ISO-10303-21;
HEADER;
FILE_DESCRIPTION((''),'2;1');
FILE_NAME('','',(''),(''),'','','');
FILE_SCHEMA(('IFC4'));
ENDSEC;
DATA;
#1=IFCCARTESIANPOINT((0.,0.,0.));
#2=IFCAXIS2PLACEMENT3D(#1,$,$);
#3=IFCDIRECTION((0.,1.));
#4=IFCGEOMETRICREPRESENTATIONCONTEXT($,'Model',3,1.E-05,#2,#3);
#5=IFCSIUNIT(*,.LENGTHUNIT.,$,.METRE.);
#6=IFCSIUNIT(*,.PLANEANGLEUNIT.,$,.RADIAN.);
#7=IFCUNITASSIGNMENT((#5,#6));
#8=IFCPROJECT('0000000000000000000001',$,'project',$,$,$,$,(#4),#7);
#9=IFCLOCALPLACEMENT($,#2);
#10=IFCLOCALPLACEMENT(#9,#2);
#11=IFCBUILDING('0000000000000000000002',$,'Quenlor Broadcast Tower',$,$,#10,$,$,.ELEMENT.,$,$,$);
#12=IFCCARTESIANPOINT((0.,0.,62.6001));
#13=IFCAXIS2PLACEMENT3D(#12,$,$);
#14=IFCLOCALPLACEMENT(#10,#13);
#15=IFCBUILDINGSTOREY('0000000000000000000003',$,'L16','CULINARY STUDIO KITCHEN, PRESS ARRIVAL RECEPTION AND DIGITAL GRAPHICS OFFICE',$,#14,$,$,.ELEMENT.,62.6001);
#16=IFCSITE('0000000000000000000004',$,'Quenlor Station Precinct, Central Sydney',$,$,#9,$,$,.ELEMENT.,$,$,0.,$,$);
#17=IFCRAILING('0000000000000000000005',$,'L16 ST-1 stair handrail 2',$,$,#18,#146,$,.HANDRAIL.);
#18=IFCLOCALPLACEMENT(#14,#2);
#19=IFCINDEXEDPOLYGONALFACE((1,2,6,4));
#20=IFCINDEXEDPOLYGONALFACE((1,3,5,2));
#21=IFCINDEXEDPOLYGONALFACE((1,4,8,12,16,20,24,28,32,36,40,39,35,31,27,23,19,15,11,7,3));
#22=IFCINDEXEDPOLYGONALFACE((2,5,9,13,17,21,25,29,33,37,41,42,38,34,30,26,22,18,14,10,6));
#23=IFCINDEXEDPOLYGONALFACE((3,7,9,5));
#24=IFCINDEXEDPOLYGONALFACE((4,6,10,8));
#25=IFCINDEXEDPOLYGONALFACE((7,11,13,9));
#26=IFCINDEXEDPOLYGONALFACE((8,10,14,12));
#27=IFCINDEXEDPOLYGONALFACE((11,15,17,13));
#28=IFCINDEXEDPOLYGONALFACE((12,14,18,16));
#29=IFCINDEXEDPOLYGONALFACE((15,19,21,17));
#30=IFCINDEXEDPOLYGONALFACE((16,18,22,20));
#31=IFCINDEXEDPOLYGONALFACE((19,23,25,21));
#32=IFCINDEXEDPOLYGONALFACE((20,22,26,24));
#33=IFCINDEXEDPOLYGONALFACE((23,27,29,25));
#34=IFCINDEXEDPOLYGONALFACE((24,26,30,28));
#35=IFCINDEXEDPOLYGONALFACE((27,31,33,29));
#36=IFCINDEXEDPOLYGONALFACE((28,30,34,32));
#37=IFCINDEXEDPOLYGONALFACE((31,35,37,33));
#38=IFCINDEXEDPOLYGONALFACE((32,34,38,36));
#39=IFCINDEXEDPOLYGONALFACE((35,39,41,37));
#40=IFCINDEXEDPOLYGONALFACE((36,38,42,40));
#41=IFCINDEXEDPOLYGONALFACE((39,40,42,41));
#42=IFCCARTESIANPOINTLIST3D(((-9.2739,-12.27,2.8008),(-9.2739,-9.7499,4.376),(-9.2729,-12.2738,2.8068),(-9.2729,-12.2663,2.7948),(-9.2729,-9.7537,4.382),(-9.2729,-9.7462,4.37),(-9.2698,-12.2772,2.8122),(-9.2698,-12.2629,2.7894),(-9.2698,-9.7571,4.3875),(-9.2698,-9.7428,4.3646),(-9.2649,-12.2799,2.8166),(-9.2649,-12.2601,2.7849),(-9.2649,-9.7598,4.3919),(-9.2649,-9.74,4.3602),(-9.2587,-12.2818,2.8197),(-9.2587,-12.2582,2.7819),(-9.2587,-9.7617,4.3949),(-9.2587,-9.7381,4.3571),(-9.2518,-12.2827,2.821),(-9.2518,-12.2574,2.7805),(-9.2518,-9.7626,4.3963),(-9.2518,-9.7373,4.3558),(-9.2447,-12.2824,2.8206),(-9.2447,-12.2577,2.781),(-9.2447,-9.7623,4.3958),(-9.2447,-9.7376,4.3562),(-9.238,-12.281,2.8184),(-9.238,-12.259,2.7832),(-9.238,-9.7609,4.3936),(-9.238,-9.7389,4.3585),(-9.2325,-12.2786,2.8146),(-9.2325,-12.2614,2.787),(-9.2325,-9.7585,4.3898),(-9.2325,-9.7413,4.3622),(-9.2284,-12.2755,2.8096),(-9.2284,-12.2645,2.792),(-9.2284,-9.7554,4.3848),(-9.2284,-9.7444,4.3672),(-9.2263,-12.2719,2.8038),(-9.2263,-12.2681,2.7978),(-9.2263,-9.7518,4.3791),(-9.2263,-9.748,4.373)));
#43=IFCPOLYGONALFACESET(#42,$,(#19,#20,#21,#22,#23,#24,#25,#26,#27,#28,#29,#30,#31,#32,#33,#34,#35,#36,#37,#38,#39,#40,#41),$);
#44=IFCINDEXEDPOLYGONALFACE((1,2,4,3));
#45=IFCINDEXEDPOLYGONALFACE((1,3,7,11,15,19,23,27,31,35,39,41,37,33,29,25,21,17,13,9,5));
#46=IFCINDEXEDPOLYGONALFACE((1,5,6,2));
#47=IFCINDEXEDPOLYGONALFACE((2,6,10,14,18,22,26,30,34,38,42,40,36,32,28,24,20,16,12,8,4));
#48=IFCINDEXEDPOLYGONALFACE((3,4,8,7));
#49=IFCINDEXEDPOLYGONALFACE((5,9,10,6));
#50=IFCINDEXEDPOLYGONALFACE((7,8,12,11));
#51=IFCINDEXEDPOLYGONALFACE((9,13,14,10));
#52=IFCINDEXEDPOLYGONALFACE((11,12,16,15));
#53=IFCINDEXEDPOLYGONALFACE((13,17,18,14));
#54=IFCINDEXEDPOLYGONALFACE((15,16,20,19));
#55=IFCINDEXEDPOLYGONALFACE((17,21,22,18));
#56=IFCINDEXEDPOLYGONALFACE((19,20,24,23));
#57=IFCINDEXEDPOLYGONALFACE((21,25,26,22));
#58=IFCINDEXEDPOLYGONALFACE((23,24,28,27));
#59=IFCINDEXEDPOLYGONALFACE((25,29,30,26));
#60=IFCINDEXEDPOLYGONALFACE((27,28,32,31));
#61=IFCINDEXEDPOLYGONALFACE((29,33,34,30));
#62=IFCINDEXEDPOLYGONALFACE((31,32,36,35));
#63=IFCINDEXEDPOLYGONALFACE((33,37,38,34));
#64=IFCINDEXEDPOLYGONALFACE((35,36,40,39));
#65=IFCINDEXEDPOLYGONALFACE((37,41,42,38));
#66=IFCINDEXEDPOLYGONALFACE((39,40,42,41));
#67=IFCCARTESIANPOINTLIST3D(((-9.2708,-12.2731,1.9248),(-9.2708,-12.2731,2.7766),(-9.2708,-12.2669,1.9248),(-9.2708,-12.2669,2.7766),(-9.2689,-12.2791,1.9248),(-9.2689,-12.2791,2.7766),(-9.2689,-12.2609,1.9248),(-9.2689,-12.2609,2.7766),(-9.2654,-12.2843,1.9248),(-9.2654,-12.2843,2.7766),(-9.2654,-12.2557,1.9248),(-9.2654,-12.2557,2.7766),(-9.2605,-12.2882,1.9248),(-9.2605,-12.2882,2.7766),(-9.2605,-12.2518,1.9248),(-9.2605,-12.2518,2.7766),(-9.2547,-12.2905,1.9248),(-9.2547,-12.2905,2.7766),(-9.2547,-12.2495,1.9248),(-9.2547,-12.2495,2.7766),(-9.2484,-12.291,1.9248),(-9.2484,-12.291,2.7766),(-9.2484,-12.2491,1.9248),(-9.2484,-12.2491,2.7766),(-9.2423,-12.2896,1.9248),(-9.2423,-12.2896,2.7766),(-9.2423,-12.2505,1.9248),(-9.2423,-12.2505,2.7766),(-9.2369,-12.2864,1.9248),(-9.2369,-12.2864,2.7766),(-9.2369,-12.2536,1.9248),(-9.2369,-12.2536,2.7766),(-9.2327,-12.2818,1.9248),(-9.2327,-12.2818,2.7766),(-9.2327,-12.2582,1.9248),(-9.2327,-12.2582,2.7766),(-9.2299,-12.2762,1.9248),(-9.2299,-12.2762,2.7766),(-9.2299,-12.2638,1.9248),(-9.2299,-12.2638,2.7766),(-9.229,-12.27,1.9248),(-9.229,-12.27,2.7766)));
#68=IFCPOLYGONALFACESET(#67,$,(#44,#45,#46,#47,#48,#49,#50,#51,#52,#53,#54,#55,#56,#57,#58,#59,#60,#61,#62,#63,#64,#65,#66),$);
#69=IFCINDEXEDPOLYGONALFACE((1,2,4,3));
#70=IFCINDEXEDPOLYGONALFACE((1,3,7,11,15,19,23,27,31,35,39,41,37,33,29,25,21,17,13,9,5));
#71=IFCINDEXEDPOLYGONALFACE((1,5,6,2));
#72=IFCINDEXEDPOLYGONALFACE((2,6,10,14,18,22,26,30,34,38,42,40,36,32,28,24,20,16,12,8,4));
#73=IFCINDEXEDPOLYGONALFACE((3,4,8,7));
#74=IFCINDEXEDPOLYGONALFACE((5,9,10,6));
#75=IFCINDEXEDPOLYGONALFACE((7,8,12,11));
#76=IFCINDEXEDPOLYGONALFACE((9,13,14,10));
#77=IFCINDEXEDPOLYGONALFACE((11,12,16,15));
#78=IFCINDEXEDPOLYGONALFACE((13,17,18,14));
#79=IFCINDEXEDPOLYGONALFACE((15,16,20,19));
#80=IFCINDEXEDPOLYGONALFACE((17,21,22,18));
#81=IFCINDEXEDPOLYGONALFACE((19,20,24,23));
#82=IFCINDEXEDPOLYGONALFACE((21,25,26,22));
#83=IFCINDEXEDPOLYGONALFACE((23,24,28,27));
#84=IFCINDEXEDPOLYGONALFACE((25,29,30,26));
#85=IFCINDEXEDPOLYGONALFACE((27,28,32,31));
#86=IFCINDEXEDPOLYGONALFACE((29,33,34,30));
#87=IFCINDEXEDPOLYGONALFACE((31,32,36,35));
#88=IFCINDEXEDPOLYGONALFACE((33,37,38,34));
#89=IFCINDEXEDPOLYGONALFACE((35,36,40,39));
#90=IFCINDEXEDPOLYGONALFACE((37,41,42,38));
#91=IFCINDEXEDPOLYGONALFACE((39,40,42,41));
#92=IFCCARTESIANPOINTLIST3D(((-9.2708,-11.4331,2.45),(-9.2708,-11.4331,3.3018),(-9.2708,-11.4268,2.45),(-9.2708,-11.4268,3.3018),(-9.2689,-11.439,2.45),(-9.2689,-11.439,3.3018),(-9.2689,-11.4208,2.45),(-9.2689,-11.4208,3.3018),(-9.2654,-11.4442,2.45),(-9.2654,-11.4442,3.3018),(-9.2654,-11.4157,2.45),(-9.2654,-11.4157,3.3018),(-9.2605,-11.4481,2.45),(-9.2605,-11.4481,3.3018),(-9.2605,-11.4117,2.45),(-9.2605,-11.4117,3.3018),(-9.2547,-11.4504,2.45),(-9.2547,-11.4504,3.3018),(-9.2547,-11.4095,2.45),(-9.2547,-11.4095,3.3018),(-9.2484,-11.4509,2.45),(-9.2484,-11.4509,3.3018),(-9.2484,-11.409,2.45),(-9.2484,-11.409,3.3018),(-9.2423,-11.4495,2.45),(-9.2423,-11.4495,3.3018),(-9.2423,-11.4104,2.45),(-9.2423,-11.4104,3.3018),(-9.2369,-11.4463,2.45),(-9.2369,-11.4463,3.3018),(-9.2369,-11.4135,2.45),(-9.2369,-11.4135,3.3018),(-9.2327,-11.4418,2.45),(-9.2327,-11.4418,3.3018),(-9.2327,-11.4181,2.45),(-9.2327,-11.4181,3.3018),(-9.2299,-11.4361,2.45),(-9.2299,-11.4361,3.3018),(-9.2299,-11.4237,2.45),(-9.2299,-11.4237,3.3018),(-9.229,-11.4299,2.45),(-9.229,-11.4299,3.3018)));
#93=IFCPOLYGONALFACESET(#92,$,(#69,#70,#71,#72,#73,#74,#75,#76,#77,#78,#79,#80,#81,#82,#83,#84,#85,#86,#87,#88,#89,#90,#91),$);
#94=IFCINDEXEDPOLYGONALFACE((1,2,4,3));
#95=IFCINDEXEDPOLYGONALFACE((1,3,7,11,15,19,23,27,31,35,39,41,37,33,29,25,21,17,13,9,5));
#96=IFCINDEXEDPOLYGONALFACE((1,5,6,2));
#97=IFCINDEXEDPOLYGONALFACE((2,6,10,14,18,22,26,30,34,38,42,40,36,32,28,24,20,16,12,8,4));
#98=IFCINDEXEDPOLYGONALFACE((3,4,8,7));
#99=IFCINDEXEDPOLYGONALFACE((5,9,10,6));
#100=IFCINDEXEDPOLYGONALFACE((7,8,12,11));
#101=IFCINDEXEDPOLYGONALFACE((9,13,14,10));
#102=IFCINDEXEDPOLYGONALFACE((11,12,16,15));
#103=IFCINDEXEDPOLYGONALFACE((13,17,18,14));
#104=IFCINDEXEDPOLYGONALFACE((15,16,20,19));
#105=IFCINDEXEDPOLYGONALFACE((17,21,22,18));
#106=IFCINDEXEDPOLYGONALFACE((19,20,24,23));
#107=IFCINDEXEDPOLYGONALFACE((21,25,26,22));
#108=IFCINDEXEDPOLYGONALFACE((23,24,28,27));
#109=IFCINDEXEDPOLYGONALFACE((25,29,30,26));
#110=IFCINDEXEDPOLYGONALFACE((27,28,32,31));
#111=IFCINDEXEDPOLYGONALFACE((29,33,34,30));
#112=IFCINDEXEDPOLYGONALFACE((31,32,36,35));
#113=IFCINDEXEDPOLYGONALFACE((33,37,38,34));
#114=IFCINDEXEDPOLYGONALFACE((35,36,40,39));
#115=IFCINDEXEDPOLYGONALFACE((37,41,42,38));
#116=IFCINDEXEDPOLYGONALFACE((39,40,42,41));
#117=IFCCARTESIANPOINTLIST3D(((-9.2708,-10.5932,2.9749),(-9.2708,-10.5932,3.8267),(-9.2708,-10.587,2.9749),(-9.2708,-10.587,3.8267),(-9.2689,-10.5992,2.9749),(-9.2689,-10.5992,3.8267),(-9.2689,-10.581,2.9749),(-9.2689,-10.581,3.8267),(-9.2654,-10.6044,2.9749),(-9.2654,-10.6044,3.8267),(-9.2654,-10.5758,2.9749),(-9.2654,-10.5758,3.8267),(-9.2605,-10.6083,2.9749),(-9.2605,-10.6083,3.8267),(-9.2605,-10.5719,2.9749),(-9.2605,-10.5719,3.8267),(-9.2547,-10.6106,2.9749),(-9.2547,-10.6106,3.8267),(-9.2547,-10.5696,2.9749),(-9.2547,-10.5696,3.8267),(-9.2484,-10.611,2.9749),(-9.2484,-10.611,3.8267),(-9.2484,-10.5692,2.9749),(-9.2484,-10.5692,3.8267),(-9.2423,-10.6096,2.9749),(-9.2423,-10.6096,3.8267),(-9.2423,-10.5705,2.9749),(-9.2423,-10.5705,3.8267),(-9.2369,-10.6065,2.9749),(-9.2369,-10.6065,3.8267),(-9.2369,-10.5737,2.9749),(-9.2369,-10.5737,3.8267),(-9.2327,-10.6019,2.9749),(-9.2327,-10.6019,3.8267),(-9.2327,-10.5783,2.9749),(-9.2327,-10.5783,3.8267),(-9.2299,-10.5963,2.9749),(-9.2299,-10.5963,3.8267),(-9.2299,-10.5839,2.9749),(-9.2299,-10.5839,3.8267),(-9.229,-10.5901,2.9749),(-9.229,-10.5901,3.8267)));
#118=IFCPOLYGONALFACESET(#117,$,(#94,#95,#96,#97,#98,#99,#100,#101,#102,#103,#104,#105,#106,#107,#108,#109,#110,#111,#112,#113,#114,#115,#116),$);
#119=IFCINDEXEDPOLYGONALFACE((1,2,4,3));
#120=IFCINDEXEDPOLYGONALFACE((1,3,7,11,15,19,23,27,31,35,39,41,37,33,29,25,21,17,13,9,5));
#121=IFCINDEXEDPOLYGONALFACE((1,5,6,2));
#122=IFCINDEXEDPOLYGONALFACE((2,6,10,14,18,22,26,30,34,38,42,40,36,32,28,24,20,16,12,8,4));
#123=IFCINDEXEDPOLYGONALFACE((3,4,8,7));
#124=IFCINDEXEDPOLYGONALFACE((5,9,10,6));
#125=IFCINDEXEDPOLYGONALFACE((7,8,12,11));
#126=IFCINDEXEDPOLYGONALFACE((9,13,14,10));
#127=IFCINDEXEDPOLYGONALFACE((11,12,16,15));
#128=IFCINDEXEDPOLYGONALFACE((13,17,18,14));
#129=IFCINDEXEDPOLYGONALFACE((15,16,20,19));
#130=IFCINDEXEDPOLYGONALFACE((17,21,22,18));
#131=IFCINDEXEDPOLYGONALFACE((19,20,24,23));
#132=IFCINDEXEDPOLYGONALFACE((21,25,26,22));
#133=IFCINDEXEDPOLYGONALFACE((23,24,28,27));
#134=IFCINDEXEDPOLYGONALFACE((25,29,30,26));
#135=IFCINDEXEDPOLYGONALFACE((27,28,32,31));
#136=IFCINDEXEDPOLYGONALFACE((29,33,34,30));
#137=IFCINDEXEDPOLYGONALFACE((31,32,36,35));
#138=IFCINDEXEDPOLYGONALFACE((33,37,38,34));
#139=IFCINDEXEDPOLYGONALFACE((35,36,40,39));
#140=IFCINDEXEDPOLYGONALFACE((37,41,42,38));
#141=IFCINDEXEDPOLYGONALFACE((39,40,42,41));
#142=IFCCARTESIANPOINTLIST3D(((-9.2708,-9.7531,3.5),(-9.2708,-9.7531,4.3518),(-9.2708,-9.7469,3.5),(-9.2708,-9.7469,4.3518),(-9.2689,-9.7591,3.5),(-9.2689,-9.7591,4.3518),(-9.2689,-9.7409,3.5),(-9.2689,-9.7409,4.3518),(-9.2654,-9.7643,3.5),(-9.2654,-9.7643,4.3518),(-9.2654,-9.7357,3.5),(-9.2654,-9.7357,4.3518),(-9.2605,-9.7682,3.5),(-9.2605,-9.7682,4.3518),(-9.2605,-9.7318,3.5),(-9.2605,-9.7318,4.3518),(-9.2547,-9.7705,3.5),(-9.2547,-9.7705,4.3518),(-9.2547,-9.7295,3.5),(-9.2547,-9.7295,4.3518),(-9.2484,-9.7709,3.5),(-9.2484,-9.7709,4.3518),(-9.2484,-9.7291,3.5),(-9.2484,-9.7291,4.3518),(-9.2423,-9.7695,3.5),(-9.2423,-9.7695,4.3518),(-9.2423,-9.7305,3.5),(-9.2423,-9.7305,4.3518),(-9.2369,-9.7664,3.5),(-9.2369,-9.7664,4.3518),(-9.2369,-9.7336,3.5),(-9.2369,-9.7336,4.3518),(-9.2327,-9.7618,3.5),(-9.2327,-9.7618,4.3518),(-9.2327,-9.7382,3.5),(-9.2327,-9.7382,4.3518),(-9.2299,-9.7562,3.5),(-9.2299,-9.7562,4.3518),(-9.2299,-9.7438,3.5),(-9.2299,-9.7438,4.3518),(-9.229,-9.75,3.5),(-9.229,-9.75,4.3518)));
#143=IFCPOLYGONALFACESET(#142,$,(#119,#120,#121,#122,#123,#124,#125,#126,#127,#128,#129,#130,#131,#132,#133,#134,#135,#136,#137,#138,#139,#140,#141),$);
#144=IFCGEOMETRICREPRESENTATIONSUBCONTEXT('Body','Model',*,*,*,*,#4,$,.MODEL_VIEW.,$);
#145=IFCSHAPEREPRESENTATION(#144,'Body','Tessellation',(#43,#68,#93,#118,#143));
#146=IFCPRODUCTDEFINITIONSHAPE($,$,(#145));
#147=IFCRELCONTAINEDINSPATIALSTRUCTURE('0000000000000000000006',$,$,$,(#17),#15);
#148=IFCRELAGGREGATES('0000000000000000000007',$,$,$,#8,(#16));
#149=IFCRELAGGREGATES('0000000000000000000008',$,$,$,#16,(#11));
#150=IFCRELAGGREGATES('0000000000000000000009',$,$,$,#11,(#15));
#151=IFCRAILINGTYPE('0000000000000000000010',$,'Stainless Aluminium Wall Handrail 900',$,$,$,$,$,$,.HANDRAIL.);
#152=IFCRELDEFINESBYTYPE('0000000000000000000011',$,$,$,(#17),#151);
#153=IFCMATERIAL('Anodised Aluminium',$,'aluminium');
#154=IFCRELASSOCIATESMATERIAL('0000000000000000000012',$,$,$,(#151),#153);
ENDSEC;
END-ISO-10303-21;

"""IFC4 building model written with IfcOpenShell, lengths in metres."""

from ifc_helpers import new_model, si_unit, direction, frame, origin, origin_2d, place, context, subcontext, project, spatial, circle, extrude, material, type_object, element, save


model = new_model("IFC4")

# Units and contexts
model_context = context("Model", 3, precision=1e-05, world=origin(), true_north=direction((0.0, 1.0)))
body_context = subcontext(model_context, "Body", "Model", "MODEL_VIEW")
ifc_project = project(units=[si_unit("LENGTHUNIT", "METRE"), si_unit("PLANEANGLEUNIT", "RADIAN")], contexts=[model_context])

# Site, building, storey
site_placement = place(None, origin())
site = spatial("IfcSite", under=ifc_project, at=site_placement, Name="Quenlor Station Precinct, Central Sydney", CompositionType="ELEMENT", RefElevation=0.0)
building_placement = place(site_placement, origin())
building = spatial("IfcBuilding", under=site, at=building_placement, Name="Quenlor Broadcast Tower", CompositionType="ELEMENT")
storey_placement = place(building_placement, frame((0.0, 0.0, 62.6001)))
storey = spatial("IfcBuildingStorey", under=building, at=storey_placement, Name="L16", Description="CULINARY STUDIO KITCHEN, PRESS ARRIVAL RECEPTION AND DIGITAL GRAPHICS OFFICE", CompositionType="ELEMENT", Elevation=62.6001)

# Railing
ifc_material_1 = material(Name="Anodised Aluminium", Category="aluminium")
railing_type = type_object("IfcRailingType", Name="Stainless Aluminium Wall Handrail 900", PredefinedType="HANDRAIL", material=ifc_material_1)
railing_placement = place(storey_placement, frame((-9.25, -12.27, 1.9248)))
element("IfcRailing", 1, at=railing_placement, inside=storey, type_object=railing_type, Name="L16 ST-1 stair handrail 2", PredefinedType="HANDRAIL", context=body_context, shape_type="SweptSolid", body=[
    extrude(circle(Radius=0.0239, at=origin_2d()), frame((0.0, 0.0, 0.876), z_axis=(0.0, 0.847971, 0.530043), x_axis=(-1.0, 0.0, 0.0)), (0.0, 0.0, 1.0), 2.9719),
    extrude(circle(Radius=0.021, at=origin_2d()), origin(), (0.0, 0.0, 1.0), 0.8518),
    extrude(circle(Radius=0.021, at=origin_2d()), frame((0.0, 0.8401, 0.5251)), (0.0, 0.0, 1.0), 0.8518),
    extrude(circle(Radius=0.021, at=origin_2d()), frame((0.0, 1.6799, 1.05)), (0.0, 0.0, 1.0), 0.8518),
    extrude(circle(Radius=0.021, at=origin_2d()), frame((0.0, 2.52, 1.5752)), (0.0, 0.0, 1.0), 0.8518),
])

save(model, "model.ifc")
